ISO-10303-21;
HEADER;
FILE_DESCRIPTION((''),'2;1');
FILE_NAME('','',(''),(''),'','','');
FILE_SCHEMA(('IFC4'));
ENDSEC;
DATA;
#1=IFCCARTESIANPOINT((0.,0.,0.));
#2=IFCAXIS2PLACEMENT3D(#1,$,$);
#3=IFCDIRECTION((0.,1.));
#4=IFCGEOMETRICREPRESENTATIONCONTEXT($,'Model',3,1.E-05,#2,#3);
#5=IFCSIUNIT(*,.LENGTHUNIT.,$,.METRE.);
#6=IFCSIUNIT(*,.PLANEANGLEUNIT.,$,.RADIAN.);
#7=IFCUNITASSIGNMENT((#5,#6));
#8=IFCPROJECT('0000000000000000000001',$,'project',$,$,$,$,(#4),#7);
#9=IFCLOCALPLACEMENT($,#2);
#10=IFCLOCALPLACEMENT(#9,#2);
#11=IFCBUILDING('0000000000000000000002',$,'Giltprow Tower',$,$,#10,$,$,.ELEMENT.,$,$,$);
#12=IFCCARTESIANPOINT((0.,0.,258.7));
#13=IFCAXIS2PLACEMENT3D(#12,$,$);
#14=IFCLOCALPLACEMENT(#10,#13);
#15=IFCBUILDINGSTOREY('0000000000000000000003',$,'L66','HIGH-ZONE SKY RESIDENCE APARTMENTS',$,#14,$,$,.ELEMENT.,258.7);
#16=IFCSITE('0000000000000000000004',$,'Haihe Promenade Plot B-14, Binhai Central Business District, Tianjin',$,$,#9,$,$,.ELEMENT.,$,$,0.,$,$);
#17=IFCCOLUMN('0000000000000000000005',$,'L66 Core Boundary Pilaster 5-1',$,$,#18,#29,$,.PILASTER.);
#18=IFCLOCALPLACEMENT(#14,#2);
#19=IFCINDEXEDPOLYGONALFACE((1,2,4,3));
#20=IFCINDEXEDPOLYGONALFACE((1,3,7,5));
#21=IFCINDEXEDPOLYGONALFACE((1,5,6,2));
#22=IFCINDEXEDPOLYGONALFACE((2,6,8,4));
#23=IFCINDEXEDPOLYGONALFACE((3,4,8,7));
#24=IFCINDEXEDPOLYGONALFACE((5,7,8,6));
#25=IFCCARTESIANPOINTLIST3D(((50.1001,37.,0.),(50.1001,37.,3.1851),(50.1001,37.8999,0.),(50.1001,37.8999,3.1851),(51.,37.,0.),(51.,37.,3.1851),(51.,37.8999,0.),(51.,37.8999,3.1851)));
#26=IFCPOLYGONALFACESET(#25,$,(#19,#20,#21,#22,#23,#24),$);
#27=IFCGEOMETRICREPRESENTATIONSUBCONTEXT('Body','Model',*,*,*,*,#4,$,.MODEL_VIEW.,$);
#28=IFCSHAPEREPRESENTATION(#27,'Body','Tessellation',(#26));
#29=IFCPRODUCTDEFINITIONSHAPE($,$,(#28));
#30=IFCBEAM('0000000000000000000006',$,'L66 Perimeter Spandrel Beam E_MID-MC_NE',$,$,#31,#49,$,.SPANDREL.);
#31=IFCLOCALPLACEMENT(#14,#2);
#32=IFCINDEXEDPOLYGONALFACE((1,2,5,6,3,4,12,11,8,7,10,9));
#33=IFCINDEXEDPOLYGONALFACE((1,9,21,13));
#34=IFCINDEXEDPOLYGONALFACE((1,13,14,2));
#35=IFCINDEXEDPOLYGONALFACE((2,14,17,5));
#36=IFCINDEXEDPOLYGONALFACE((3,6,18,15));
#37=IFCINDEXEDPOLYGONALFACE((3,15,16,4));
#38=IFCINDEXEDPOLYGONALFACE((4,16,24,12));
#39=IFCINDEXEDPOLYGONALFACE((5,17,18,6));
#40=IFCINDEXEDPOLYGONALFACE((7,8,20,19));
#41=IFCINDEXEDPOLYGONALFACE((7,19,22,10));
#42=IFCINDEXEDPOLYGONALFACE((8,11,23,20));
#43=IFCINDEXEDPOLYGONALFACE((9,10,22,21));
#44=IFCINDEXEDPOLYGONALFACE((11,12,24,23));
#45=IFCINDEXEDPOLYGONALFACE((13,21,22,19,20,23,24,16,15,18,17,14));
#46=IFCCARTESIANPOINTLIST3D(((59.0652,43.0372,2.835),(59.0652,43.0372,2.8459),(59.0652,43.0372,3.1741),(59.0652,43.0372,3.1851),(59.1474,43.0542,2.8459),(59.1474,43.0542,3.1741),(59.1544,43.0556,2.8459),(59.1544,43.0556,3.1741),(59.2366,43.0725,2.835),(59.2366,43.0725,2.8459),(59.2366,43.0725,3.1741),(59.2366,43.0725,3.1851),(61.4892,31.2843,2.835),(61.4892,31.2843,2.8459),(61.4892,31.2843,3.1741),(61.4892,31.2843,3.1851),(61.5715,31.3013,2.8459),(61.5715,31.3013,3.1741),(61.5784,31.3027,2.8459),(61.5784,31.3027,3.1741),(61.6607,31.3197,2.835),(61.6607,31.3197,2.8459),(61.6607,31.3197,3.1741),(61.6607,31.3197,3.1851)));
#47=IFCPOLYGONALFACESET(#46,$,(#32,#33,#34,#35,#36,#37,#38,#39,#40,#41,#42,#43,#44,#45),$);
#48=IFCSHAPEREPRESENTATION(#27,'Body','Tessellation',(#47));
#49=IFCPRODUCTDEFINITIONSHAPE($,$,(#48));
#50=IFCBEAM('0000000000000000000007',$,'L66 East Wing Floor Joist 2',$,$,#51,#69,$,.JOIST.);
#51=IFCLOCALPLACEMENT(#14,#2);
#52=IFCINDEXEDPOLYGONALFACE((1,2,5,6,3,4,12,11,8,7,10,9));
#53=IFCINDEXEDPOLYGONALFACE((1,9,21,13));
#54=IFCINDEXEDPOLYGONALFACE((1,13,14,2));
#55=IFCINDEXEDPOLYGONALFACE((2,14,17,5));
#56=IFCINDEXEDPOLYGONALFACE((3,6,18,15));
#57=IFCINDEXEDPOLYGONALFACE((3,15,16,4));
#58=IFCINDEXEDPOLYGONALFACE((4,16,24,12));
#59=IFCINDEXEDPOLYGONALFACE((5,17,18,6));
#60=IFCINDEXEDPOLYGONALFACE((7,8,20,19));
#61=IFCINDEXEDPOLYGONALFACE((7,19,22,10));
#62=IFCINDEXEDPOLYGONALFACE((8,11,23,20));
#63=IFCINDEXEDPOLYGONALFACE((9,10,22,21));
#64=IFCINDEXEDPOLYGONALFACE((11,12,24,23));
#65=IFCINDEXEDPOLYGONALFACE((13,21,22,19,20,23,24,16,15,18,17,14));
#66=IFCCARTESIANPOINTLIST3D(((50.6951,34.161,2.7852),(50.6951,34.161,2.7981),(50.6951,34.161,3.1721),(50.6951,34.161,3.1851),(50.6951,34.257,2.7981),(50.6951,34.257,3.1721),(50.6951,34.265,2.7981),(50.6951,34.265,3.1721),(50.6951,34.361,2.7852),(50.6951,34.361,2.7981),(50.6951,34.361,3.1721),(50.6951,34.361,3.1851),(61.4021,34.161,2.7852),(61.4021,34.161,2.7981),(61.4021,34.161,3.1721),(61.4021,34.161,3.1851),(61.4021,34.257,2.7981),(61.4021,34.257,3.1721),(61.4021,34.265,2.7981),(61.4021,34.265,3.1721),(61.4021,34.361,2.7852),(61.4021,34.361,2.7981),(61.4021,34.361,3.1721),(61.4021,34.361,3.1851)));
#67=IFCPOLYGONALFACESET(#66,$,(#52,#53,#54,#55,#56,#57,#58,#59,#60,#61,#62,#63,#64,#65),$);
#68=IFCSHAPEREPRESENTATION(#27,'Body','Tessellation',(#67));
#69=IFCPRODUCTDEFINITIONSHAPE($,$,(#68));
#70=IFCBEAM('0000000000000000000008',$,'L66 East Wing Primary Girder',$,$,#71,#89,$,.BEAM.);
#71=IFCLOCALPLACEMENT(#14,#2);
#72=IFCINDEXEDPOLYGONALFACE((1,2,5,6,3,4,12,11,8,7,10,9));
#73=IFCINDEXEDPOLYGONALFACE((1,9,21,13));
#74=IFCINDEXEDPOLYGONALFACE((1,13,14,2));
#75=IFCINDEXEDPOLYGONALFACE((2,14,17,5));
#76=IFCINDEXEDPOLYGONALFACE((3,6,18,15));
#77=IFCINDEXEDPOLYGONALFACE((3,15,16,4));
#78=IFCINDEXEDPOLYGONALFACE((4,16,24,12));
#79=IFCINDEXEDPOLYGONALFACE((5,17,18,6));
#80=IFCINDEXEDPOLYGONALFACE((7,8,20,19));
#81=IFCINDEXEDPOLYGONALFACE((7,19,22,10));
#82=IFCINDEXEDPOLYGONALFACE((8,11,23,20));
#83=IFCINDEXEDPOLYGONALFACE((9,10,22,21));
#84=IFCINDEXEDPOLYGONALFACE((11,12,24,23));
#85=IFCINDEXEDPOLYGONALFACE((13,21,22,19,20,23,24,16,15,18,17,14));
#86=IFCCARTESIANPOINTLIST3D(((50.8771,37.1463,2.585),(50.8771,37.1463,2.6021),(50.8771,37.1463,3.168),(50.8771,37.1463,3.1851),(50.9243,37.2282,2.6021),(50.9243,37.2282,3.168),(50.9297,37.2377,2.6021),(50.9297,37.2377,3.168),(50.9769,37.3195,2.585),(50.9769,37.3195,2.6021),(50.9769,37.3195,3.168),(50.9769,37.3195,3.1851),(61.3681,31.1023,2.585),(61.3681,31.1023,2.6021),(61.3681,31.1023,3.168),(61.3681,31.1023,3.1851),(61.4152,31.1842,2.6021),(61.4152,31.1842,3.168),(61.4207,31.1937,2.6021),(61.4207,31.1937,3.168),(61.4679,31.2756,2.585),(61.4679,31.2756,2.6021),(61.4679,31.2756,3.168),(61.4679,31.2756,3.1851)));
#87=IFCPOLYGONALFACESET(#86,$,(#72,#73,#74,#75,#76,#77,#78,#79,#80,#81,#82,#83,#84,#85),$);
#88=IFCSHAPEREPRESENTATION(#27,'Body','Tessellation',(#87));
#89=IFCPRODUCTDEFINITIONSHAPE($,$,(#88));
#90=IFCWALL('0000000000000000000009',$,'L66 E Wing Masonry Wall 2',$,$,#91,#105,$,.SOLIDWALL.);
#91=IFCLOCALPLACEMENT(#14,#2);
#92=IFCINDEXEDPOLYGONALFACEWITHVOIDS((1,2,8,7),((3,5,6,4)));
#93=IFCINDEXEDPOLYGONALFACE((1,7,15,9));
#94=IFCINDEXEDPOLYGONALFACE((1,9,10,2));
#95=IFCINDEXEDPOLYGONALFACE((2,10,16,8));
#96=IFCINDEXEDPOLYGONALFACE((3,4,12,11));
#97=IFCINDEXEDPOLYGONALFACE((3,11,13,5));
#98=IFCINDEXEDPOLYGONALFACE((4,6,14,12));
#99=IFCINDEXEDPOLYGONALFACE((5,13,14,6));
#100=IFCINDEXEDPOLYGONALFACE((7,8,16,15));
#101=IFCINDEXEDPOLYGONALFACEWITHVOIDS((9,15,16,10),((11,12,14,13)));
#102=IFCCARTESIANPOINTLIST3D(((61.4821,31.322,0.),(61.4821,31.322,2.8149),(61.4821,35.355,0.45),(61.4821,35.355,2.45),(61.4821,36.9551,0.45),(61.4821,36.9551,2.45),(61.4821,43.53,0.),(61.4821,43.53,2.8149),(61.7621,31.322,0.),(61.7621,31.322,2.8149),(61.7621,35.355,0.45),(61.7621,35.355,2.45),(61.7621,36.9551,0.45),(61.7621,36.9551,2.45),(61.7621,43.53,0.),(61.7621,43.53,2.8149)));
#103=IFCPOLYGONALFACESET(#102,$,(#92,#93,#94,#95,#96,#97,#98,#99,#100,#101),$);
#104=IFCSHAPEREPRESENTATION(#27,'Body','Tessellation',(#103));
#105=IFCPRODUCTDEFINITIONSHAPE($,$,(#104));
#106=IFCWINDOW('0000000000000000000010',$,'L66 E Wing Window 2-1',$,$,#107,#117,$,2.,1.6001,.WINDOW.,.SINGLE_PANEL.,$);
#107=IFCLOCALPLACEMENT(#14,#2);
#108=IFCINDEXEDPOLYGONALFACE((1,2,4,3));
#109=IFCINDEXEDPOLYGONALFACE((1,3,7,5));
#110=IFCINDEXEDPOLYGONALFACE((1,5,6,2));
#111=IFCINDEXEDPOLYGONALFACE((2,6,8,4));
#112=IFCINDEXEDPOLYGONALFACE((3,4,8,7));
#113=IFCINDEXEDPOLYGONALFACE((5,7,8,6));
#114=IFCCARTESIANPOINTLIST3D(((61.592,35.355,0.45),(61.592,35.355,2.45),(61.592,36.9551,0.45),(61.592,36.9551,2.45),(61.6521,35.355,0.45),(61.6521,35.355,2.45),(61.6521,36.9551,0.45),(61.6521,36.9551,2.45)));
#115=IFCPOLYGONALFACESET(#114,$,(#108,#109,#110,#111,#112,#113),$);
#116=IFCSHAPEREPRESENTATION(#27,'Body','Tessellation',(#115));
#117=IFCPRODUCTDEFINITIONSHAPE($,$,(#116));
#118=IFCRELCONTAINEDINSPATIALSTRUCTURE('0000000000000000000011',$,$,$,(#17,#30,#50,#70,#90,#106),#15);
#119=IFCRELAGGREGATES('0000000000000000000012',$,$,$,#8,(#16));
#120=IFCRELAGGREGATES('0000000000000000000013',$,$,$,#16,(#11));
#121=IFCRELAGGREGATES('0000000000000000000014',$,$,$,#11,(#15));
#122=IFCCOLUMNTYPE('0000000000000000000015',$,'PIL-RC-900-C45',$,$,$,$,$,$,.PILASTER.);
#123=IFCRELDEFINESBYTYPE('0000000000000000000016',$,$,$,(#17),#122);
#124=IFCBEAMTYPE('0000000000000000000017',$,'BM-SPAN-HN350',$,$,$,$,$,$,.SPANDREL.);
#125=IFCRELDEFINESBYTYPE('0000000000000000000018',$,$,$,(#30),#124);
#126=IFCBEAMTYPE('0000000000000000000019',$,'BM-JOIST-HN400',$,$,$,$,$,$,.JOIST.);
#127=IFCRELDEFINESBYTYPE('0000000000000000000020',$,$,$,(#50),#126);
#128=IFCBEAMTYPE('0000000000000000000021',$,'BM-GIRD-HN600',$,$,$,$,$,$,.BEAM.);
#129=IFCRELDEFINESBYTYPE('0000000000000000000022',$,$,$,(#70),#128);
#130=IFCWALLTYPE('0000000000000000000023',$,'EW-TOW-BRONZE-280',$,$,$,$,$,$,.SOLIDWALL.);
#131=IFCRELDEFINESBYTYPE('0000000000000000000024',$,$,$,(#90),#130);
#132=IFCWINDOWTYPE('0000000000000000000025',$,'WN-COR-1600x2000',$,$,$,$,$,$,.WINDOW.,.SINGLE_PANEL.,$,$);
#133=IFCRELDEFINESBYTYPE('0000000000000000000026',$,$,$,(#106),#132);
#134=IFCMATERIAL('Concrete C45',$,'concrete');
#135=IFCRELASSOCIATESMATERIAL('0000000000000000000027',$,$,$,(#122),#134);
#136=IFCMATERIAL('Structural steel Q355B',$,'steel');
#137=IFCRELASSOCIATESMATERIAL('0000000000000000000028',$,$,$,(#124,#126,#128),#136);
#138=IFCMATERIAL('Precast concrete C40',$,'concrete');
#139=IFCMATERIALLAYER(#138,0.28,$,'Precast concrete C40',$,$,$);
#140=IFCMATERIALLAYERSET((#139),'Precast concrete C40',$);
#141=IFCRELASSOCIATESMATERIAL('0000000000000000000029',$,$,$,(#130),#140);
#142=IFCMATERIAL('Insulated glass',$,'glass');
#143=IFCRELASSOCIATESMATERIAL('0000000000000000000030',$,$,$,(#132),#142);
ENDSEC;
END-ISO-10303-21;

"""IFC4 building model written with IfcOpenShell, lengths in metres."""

from ifc_helpers import new_model, si_unit, direction, frame, frame_2d, origin, origin_2d, place, context, subcontext, project, spatial, rectangle, i_section, extrude, source, transform, mapped, material, layer, layer_set, material_profile, profile_set, type_object, element, fill, save


model = new_model("IFC4")

# Units and contexts
model_context = context("Model", 3, precision=1e-05, world=origin(), true_north=direction((0.0, 1.0)))
body_context = subcontext(model_context, "Body", "Model", "MODEL_VIEW")
ifc_project = project(units=[si_unit("LENGTHUNIT", "METRE"), si_unit("PLANEANGLEUNIT", "RADIAN")], contexts=[model_context])

# Site, building, storey
site_placement = place(None, origin())
site = spatial("IfcSite", under=ifc_project, at=site_placement, Name="Haihe Promenade Plot B-14, Binhai Central Business District, Tianjin", CompositionType="ELEMENT", RefElevation=0.0)
building_placement = place(site_placement, origin())
building = spatial("IfcBuilding", under=site, at=building_placement, Name="Giltprow Tower", CompositionType="ELEMENT")
storey_placement = place(building_placement, frame((0.0, 0.0, 258.7)))
storey = spatial("IfcBuildingStorey", under=building, at=storey_placement, Name="L66", Description="HIGH-ZONE SKY RESIDENCE APARTMENTS", CompositionType="ELEMENT", Elevation=258.7)

# Column
ifc_material_1 = material(Name="Concrete C45", Category="concrete")
ifc_material_profile_1 = material_profile(ifc_material_1, rectangle(XDim=0.8999, YDim=0.8999, at=origin_2d()), Name="RC 900x900")
ifc_profile_set_1 = profile_set([ifc_material_profile_1], Name="Concrete C45")
column_type = type_object("IfcColumnType", Name="PIL-RC-900-C45", PredefinedType="PILASTER", material=ifc_profile_set_1)
shared_shape_1 = source(origin(), body_context, "Body", "SweptSolid", [
    extrude(rectangle(XDim=0.8999, YDim=0.8999, at=origin_2d()), origin(), (0.0, 0.0, 1.0), 3.1851),
])
column_placement = place(storey_placement, frame((50.55, 37.45, 0.0), z_axis=(0.0, 0.0, 1.0), x_axis=(1.0, 0.0, 0.0)))
element("IfcColumn", 1, at=column_placement, inside=storey, type_object=column_type, Name="L66 Core Boundary Pilaster 5-1", PredefinedType="PILASTER", context=body_context, shape_type="MappedRepresentation", body=[
    mapped(shared_shape_1, transform((0.0, 0.0, 0.0), x_axis=(1.0, 0.0, 0.0), y_axis=(0.0, 1.0, 0.0), z_axis=(0.0, 0.0, 1.0), scale=1.0)),
])

# Beams
ifc_material_2 = material(Name="Structural steel Q355B", Category="steel")
ifc_material_profile_2 = material_profile(ifc_material_2, i_section(OverallWidth=0.175, OverallDepth=0.3501, WebThickness=0.0071, FlangeThickness=0.011, at=origin_2d()), Name="HN 350x175x7x11")
ifc_profile_set_2 = profile_set([ifc_material_profile_2], Name="Structural steel Q355B")
beam_type_1 = type_object("IfcBeamType", Name="BM-SPAN-HN350", PredefinedType="SPANDREL", material=ifc_profile_set_2)
shared_shape_2 = source(origin(), body_context, "Body", "SweptSolid", [
    extrude(i_section(OverallWidth=0.175, OverallDepth=0.3501, WebThickness=0.0071, FlangeThickness=0.011, at=origin_2d()), origin(), (0.0, 0.0, 1.0), 12.0002),
])
beam_1_placement = place(storey_placement, frame((61.575, 31.302, 3.01), z_axis=(-0.202001, 0.979385, 0.0), x_axis=(-0.979385, -0.202001, 0.0)))
element("IfcBeam", 2, at=beam_1_placement, inside=storey, type_object=beam_type_1, Name="L66 Perimeter Spandrel Beam E_MID-MC_NE", PredefinedType="SPANDREL", context=body_context, shape_type="MappedRepresentation", body=[
    mapped(shared_shape_2, transform((0.0, 0.0, 0.0), x_axis=(1.0, 0.0, 0.0), y_axis=(0.0, 1.0, 0.0), z_axis=(0.0, 0.0, 1.0), scale=1.0)),
])
ifc_material_profile_3 = material_profile(ifc_material_2, i_section(OverallWidth=0.2, OverallDepth=0.3999, WebThickness=0.0081, FlangeThickness=0.0129, at=origin_2d()), Name="HN 400x200x8x13")
ifc_profile_set_3 = profile_set([ifc_material_profile_3], Name="Structural steel Q355B")
beam_type_2 = type_object("IfcBeamType", Name="BM-JOIST-HN400", PredefinedType="JOIST", material=ifc_profile_set_3)
shared_shape_3 = source(origin(), body_context, "Body", "SweptSolid", [
    extrude(i_section(OverallWidth=0.2, OverallDepth=0.3999, WebThickness=0.0081, FlangeThickness=0.0129, at=origin_2d()), origin(), (0.0, 0.0, 1.0), 10.707),
])
beam_2_placement = place(storey_placement, frame((50.6951, 34.261, 2.9851), z_axis=(1.0, 0.0, 0.0), x_axis=(0.0, 1.0, 0.0)))
element("IfcBeam", 3, at=beam_2_placement, inside=storey, type_object=beam_type_2, Name="L66 East Wing Floor Joist 2", PredefinedType="JOIST", context=body_context, shape_type="MappedRepresentation", body=[
    mapped(shared_shape_3, transform((0.0, 0.0, 0.0), x_axis=(1.0, 0.0, 0.0), y_axis=(0.0, 1.0, 0.0), z_axis=(0.0, 0.0, 1.0), scale=1.0)),
])
ifc_material_profile_4 = material_profile(ifc_material_2, i_section(OverallWidth=0.2, OverallDepth=0.6001, WebThickness=0.011, FlangeThickness=0.0171, at=origin_2d()), Name="HN 600x200x11x17")
ifc_profile_set_4 = profile_set([ifc_material_profile_4], Name="Structural steel Q355B")
beam_type_3 = type_object("IfcBeamType", Name="BM-GIRD-HN600", PredefinedType="BEAM", material=ifc_profile_set_4)
shared_shape_4 = source(origin(), body_context, "Body", "SweptSolid", [
    extrude(i_section(OverallWidth=0.2, OverallDepth=0.6001, WebThickness=0.011, FlangeThickness=0.0171, at=origin_2d()), origin(), (0.0, 0.0, 1.0), 12.1074),
])
beam_3_placement = place(storey_placement, frame((61.418, 31.189, 2.885), z_axis=(-0.866491, 0.499193, 0.0), x_axis=(-0.499193, -0.866491, 0.0)))
element("IfcBeam", 4, at=beam_3_placement, inside=storey, type_object=beam_type_3, Name="L66 East Wing Primary Girder", PredefinedType="BEAM", context=body_context, shape_type="MappedRepresentation", body=[
    mapped(shared_shape_4, transform((0.0, 0.0, 0.0), x_axis=(1.0, 0.0, 0.0), y_axis=(0.0, 1.0, 0.0), z_axis=(0.0, 0.0, 1.0), scale=1.0)),
])

# Wall, opening, window
ifc_material_3 = material(Name="Precast concrete C40", Category="concrete")
ifc_layer_1 = layer(ifc_material_3, 0.28, Name="Precast concrete C40")
ifc_layer_set_1 = layer_set([ifc_layer_1], Name="Precast concrete C40")
wall_type_1 = type_object("IfcWallType", Name="EW-TOW-BRONZE-280", PredefinedType="SOLIDWALL", material=ifc_layer_set_1)
wall_1_placement = place(storey_placement, frame((61.6221, 31.322, 0.0), z_axis=(0.0, 0.0, 1.0), x_axis=(0.0, 1.0, 0.0)))
wall_1 = element("IfcWall", 5, at=wall_1_placement, inside=storey, type_object=wall_type_1, Name="L66 E Wing Masonry Wall 2", PredefinedType="SOLIDWALL", context=body_context, shape_type="SweptSolid", body=[
    extrude(rectangle(XDim=12.208, YDim=0.28, at=frame_2d((6.104, 0.0))), origin(), (0.0, 0.0, 1.0), 2.8149),
])
opening_1_placement = place(wall_1_placement, frame((4.033, 0.0, 0.45)))
opening_1 = element("IfcOpeningElement", 6, at=opening_1_placement, cuts=wall_1, PredefinedType="OPENING", context=body_context, shape_type="SweptSolid", body=[
    extrude(rectangle(XDim=1.6001, YDim=2.0, at=frame_2d((0.8, 1.0))), frame((0.0, 0.1499, 0.0), z_axis=(0.0, -1.0, 0.0), x_axis=(1.0, 0.0, 0.0)), (0.0, 0.0, 1.0), 0.3),
])
ifc_material_4 = material(Name="Insulated glass", Category="glass")
window_type = type_object("IfcWindowType", Name="WN-COR-1600x2000", PartitioningType="SINGLE_PANEL", PredefinedType="WINDOW", material=ifc_material_4)
shared_shape_5 = source(origin(), body_context, "Body", "SweptSolid", [
    extrude(rectangle(XDim=1.6001, YDim=2.0, at=frame_2d((0.8, 1.0))), frame((0.0, 0.03, 0.0), z_axis=(0.0, -1.0, 0.0), x_axis=(1.0, 0.0, 0.0)), (0.0, 0.0, 1.0), 0.0601),
])
window_placement = place(opening_1_placement, origin())
window = element("IfcWindow", 7, at=window_placement, inside=storey, type_object=window_type, Name="L66 E Wing Window 2-1", OverallHeight=2.0, OverallWidth=1.6001, PartitioningType="SINGLE_PANEL", PredefinedType="WINDOW", context=body_context, shape_type="MappedRepresentation", body=[
    mapped(shared_shape_5, transform((0.0, 0.0, 0.0), x_axis=(1.0, 0.0, 0.0), y_axis=(0.0, 1.0, 0.0), z_axis=(0.0, 0.0, 1.0), scale=1.0)),
])
fill(opening_1, window)

save(model, "model.ifc")
